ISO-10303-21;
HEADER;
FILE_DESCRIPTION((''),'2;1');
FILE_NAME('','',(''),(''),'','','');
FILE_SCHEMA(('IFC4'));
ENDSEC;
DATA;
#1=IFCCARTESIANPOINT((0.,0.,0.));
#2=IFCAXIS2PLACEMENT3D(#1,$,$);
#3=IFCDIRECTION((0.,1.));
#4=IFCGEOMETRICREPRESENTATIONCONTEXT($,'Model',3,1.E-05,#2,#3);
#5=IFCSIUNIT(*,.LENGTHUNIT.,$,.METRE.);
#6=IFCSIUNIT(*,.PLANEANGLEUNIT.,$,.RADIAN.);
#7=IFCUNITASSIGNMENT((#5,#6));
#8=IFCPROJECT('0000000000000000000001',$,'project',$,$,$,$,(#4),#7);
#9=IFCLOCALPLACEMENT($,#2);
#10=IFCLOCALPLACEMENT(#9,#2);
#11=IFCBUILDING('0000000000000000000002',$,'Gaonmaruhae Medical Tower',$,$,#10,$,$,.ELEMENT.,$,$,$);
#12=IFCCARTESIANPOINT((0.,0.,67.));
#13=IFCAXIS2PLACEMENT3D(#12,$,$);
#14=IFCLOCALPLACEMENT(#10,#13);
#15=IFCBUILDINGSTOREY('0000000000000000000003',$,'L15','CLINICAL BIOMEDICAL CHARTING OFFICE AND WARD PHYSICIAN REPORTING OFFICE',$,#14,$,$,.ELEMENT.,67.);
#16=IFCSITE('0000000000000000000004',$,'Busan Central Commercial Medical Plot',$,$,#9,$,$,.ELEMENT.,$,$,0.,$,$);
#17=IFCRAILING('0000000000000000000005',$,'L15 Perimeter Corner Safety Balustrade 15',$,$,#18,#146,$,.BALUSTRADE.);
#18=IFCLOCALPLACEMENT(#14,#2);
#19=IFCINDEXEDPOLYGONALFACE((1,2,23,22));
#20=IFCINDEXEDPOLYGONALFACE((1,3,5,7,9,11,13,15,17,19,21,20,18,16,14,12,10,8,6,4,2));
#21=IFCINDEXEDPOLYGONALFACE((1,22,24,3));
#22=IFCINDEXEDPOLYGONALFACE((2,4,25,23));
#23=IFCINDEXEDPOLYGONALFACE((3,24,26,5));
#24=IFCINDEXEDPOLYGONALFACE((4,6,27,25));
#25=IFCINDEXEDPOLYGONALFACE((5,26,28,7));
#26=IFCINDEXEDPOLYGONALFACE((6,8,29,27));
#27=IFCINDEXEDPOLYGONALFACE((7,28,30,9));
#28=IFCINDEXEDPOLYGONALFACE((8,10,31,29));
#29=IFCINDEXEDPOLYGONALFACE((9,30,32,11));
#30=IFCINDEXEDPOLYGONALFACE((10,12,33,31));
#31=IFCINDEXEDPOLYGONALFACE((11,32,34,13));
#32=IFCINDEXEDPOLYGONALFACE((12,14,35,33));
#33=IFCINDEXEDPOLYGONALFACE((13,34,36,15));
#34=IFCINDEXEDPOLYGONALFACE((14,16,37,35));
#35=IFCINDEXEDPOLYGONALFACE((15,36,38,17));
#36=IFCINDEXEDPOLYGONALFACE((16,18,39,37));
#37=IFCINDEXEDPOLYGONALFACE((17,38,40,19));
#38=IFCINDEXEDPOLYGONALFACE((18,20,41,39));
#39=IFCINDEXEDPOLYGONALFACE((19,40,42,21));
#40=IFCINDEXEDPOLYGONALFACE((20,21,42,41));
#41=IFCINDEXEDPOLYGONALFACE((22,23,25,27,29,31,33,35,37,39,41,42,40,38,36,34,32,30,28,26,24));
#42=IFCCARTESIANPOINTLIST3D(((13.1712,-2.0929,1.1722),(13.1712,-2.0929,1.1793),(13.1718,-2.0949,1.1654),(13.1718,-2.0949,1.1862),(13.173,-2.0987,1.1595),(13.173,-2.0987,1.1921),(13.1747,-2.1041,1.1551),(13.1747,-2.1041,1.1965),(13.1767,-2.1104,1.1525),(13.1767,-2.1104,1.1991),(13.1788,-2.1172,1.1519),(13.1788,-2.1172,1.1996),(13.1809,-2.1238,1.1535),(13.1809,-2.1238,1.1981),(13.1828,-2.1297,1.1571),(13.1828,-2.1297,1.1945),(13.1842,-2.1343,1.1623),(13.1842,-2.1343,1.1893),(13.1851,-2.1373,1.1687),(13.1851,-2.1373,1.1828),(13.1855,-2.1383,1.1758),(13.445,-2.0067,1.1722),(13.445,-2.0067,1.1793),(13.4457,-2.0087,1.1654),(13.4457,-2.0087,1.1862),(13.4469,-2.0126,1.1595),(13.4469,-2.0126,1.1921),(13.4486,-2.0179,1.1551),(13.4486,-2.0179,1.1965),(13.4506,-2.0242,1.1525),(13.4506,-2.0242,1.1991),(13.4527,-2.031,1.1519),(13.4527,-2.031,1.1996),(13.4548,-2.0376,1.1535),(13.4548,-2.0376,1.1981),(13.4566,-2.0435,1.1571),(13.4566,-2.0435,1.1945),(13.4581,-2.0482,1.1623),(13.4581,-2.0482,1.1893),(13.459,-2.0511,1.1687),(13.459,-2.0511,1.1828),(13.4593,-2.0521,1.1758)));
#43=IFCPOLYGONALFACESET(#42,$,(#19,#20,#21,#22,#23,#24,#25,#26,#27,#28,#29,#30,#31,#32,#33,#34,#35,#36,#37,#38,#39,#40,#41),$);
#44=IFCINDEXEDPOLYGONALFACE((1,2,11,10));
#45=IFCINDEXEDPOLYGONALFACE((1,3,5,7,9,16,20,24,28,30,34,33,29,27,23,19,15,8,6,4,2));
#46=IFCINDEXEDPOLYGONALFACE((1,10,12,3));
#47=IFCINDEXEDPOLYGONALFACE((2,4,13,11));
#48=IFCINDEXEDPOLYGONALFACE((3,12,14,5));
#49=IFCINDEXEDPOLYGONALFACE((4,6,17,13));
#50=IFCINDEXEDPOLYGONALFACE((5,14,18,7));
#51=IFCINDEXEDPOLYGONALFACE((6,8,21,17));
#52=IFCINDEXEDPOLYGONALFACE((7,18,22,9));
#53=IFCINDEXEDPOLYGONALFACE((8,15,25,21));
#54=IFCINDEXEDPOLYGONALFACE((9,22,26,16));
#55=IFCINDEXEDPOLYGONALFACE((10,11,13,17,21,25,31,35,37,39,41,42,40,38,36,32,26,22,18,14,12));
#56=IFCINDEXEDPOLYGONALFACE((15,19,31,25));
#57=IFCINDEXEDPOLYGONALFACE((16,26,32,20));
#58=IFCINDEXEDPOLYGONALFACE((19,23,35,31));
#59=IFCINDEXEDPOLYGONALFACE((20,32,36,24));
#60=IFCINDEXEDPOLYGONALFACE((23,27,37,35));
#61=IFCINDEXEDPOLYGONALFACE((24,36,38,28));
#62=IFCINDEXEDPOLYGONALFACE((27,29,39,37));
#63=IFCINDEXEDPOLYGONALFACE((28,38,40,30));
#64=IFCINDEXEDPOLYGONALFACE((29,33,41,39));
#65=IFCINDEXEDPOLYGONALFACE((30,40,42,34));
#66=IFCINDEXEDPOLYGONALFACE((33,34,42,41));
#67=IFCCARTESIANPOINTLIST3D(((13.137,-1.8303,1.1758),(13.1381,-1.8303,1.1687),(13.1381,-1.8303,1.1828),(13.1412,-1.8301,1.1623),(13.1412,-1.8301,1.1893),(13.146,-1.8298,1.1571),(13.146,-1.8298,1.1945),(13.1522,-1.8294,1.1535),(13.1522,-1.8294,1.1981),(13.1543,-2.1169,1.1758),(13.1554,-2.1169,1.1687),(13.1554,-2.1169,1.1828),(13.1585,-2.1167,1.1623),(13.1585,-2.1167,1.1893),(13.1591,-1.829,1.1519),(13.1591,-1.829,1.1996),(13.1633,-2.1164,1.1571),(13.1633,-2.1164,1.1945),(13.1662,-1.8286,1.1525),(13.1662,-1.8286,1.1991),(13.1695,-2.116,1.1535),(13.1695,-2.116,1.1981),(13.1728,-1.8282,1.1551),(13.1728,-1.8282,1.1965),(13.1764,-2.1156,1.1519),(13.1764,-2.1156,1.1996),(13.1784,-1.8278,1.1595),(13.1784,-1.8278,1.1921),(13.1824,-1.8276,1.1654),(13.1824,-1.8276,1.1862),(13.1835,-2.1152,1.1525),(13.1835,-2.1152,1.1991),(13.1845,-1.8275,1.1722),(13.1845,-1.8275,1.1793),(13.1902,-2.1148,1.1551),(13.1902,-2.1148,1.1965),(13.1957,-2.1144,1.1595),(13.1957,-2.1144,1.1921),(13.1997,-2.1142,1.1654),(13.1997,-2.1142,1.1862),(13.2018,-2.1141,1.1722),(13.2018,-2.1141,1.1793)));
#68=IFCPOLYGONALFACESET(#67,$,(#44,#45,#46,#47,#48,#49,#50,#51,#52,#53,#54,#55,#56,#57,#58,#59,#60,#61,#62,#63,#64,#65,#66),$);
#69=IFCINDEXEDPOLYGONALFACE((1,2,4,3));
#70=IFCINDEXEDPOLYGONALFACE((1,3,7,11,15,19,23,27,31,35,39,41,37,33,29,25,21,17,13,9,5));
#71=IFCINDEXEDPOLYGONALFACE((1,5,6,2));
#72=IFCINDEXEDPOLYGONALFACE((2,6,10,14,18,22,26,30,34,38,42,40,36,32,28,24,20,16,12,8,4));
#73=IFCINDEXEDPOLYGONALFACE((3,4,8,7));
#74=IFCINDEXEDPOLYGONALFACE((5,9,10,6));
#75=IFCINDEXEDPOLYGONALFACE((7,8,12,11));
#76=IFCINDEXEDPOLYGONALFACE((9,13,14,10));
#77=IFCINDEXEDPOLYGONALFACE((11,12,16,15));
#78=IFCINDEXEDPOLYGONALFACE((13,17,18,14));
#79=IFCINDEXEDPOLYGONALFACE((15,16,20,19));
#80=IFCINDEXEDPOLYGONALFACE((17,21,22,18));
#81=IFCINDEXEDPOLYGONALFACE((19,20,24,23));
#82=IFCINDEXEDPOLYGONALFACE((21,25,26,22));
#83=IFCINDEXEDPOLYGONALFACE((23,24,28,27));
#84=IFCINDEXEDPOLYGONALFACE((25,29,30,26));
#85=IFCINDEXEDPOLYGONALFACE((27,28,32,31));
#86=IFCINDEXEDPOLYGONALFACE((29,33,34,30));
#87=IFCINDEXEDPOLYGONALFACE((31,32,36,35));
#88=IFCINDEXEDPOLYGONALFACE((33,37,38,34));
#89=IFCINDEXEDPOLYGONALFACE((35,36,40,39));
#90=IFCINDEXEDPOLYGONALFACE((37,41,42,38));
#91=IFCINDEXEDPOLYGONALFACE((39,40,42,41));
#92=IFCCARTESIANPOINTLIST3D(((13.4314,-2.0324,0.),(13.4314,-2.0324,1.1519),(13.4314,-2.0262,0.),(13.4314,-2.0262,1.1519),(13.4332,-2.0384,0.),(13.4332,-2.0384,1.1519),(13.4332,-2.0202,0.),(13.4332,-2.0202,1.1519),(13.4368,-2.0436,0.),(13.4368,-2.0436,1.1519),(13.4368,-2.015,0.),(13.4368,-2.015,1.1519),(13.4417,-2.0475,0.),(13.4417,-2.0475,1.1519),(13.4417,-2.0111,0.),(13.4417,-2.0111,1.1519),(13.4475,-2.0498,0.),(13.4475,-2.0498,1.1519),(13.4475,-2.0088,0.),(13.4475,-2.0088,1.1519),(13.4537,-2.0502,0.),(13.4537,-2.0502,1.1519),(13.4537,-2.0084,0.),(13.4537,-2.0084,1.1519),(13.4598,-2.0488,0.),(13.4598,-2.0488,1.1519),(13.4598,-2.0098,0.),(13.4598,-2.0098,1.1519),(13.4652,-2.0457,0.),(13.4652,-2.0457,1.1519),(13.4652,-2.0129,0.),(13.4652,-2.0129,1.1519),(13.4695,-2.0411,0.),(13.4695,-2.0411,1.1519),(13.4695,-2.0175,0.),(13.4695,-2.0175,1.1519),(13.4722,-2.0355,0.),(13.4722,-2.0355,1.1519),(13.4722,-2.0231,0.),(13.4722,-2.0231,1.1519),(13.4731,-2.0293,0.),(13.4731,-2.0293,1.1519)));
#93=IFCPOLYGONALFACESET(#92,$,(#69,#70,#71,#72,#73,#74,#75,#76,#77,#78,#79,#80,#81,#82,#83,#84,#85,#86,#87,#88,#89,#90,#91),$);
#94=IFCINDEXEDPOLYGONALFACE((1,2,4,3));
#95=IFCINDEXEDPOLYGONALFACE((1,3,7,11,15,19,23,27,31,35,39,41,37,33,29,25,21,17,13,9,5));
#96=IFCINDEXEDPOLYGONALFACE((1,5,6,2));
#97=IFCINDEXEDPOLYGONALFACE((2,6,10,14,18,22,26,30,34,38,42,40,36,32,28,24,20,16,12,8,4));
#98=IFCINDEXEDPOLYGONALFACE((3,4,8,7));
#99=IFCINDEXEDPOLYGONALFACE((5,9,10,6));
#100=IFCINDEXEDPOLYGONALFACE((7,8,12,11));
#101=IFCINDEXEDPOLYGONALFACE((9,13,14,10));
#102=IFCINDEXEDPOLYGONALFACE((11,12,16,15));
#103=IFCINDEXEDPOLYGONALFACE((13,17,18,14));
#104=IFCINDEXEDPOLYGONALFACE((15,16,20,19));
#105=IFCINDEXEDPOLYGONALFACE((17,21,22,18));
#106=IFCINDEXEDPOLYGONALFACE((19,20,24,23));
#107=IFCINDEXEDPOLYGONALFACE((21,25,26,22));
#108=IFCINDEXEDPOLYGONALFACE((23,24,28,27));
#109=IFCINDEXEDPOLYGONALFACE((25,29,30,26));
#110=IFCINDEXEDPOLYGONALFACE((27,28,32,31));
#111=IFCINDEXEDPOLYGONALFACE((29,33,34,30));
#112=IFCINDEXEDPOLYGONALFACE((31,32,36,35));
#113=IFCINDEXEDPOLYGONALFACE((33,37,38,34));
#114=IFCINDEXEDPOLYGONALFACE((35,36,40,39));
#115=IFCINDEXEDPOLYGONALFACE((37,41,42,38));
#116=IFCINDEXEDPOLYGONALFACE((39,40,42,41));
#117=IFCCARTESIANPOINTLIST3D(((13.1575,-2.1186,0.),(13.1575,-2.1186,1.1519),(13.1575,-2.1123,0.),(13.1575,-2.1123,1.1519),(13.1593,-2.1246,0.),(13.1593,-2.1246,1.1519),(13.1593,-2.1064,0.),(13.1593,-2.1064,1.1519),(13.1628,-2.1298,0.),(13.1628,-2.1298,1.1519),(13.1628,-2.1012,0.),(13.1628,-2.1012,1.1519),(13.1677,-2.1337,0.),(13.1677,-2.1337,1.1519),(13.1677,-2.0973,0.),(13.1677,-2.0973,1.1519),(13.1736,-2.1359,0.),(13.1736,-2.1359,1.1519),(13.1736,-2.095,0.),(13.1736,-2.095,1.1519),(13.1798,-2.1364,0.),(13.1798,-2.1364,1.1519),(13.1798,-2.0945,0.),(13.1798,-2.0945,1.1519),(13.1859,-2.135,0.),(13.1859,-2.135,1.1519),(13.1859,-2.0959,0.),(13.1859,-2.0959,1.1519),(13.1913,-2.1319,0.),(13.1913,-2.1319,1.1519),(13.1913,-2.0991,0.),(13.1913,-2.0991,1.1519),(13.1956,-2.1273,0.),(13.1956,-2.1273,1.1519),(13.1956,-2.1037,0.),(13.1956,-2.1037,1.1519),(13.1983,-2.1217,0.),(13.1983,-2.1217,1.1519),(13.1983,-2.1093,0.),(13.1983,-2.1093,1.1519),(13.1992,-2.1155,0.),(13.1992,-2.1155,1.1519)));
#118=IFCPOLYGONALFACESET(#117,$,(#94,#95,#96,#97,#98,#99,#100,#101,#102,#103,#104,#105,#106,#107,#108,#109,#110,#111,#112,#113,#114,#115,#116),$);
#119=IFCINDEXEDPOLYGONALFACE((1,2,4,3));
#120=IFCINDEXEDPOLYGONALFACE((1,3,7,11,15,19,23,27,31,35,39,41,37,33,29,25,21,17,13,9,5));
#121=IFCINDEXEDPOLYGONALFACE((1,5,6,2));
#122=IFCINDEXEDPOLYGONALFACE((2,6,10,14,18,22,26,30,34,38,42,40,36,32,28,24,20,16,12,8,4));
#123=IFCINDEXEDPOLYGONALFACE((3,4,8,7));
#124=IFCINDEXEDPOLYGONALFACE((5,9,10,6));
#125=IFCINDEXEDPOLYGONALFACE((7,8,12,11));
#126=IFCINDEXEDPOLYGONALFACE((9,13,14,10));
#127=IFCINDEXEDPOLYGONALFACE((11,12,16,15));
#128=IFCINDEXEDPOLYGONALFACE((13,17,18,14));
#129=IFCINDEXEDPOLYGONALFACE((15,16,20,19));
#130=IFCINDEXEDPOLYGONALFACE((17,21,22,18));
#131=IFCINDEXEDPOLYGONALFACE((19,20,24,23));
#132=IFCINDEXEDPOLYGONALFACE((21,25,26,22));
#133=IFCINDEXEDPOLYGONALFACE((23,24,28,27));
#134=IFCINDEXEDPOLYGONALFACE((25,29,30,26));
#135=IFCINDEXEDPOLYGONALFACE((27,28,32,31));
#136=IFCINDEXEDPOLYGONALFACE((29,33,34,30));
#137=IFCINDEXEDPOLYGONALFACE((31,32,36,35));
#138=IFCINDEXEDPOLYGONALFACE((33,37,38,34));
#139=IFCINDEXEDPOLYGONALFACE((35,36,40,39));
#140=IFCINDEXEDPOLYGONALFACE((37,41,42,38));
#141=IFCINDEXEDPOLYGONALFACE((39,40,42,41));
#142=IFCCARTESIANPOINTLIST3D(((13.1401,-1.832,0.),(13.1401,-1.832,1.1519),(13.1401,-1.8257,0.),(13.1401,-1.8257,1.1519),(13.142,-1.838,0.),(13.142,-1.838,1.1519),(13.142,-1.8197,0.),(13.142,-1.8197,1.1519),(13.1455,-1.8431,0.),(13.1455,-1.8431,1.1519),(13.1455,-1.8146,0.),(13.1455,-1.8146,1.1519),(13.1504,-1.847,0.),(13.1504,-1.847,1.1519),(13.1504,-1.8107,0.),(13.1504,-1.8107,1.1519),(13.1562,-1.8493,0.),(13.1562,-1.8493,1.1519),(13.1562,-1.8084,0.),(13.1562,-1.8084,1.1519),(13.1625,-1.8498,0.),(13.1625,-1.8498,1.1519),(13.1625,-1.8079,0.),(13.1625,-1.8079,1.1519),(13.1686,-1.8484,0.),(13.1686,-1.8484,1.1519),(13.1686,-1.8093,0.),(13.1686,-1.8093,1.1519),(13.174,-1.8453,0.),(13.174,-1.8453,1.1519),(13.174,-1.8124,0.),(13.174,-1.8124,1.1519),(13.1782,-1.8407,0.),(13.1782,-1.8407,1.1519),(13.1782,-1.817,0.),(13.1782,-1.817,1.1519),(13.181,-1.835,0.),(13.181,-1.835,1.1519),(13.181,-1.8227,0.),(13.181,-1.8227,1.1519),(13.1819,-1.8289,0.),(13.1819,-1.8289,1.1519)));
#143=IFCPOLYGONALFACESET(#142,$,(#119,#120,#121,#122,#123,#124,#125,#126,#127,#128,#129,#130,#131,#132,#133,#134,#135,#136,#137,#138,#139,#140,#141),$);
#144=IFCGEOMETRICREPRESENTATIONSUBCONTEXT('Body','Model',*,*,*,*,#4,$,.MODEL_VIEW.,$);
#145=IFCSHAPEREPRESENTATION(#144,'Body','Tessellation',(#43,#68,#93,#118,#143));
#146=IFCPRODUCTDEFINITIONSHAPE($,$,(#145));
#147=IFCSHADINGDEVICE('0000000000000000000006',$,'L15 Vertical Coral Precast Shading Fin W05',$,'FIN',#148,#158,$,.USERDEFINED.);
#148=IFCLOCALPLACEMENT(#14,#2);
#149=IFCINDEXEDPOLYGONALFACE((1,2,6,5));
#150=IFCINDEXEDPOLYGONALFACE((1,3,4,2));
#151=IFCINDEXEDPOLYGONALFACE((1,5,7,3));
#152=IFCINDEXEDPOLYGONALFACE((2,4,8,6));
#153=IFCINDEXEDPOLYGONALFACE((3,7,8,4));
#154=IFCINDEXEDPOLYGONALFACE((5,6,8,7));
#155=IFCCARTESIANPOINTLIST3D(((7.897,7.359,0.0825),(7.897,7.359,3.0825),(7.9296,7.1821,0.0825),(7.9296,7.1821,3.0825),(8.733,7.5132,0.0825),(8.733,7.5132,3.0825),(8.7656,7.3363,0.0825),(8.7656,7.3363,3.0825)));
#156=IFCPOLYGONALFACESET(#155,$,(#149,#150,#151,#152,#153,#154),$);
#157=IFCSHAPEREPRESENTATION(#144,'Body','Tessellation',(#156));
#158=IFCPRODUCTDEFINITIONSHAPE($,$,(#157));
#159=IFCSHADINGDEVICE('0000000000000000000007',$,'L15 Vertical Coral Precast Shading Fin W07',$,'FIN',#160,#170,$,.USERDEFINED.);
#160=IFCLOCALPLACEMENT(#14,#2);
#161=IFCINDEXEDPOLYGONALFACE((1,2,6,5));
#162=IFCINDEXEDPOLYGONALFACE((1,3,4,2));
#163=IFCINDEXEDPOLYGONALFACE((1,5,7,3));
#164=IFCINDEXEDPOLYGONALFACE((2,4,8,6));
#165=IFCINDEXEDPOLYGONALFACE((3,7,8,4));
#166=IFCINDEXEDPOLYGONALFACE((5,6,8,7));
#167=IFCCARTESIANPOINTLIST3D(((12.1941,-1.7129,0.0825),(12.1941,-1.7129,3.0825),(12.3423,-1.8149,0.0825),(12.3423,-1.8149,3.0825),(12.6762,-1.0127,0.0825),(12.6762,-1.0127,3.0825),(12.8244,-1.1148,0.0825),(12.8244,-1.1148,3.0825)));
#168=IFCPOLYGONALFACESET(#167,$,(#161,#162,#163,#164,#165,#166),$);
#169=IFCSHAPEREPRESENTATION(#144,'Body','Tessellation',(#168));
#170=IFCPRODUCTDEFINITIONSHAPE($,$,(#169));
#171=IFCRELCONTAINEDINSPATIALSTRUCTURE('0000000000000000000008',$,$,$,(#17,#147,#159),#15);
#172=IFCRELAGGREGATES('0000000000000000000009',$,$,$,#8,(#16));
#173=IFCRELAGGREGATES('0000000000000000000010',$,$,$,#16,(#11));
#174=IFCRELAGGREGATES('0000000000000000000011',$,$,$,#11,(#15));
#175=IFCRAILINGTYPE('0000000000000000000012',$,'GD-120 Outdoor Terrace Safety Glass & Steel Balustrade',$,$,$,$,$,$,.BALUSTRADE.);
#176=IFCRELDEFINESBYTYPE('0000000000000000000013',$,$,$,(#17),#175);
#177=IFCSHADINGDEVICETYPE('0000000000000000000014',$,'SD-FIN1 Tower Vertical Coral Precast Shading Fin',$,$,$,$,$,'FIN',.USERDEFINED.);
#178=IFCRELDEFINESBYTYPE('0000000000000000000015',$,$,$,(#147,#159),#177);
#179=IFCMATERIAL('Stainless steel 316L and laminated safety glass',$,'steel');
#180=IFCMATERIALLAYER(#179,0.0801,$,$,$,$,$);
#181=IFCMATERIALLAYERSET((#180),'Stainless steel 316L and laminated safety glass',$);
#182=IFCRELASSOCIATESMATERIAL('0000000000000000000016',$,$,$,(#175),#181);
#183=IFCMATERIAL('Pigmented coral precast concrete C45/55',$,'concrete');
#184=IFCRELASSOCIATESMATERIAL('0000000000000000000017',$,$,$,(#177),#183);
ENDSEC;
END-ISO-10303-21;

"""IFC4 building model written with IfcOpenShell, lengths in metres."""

from ifc_helpers import new_model, si_unit, direction, frame, origin, origin_2d, place, context, subcontext, project, spatial, rectangle, circle, extrude, material, layer, layer_set, type_object, element, save


model = new_model("IFC4")

# Units and contexts
model_context = context("Model", 3, precision=1e-05, world=origin(), true_north=direction((0.0, 1.0)))
body_context = subcontext(model_context, "Body", "Model", "MODEL_VIEW")
ifc_project = project(units=[si_unit("LENGTHUNIT", "METRE"), si_unit("PLANEANGLEUNIT", "RADIAN")], contexts=[model_context])

# Site, building, storey
site_placement = place(None, origin())
site = spatial("IfcSite", under=ifc_project, at=site_placement, Name="Busan Central Commercial Medical Plot", CompositionType="ELEMENT", RefElevation=0.0)
building_placement = place(site_placement, origin())
building = spatial("IfcBuilding", under=site, at=building_placement, Name="Gaonmaruhae Medical Tower", CompositionType="ELEMENT")
storey_placement = place(building_placement, frame((0.0, 0.0, 67.0)))
storey = spatial("IfcBuildingStorey", under=building, at=storey_placement, Name="L15", Description="CLINICAL BIOMEDICAL CHARTING OFFICE AND WARD PHYSICIAN REPORTING OFFICE", CompositionType="ELEMENT", Elevation=67.0)

# Railing
ifc_material_1 = material(Name="Stainless steel 316L and laminated safety glass", Category="steel")
ifc_layer_1 = layer(ifc_material_1, 0.0801)
ifc_layer_set_1 = layer_set([ifc_layer_1], Name="Stainless steel 316L and laminated safety glass")
railing_type = type_object("IfcRailingType", Name="GD-120 Outdoor Terrace Safety Glass & Steel Balustrade", PredefinedType="BALUSTRADE", material=ifc_layer_set_1)
for number, where, name in (
    (1, (13.4521, -2.0293, 0.0), "L15 Perimeter Corner Safety Balustrade 15"),
):
    element("IfcRailing", number, at=place(storey_placement, frame(where)), inside=storey, type_object=railing_type, Name=name, PredefinedType="BALUSTRADE", context=body_context, shape_type="SweptSolid", body=[
        extrude(circle(Radius=0.0239, at=origin_2d()), frame((0.0, 0.0, 1.1758), z_axis=(-0.953903, -0.300114, 0.0), x_axis=(0.300114, -0.953903, 0.0)), (0.0, 0.0, 1.0), 0.2871),
        extrude(circle(Radius=0.0239, at=origin_2d()), frame((-0.2739, -0.0862, 1.1758), z_axis=(-0.060367, 0.998176, 0.0), x_axis=(-0.998176, -0.060367, 0.0)), (0.0, 0.0, 1.0), 0.2871),
        extrude(circle(Radius=0.021, at=origin_2d()), origin(), (0.0, 0.0, 1.0), 1.1519),
        extrude(circle(Radius=0.021, at=origin_2d()), frame((-0.2739, -0.0862, 0.0)), (0.0, 0.0, 1.0), 1.1519),
        extrude(circle(Radius=0.021, at=origin_2d()), frame((-0.2913, 0.2004, 0.0)), (0.0, 0.0, 1.0), 1.1519),
    ])

# Shading devices
ifc_material_2 = material(Name="Pigmented coral precast concrete C45/55", Category="concrete")
shading_device_type = type_object("IfcShadingDeviceType", Name="SD-FIN1 Tower Vertical Coral Precast Shading Fin", ElementType="FIN", PredefinedType="USERDEFINED", material=ifc_material_2)
for number, where, z_axis, x_axis, name in (
    (2, (8.3313, 7.3477, 0.0825), (0.0, 0.0, 1.0), (-0.181395, 0.98341, 0.0), "L15 Vertical Coral Precast Shading Fin W05"),
    (3, (12.5093, -1.4138, 0.0825), (0.0, 0.0, 1.0), (-0.823641, 0.567111, 0.0), "L15 Vertical Coral Precast Shading Fin W07"),
):
    element("IfcShadingDevice", number, at=place(storey_placement, frame(where, z_axis=z_axis, x_axis=x_axis)), inside=storey, type_object=shading_device_type, Name=name, ObjectType="FIN", PredefinedType="USERDEFINED", context=body_context, shape_type="SweptSolid", body=[
        extrude(rectangle(XDim=0.1799, YDim=0.8501, at=origin_2d()), origin(), (0.0, 0.0, 1.0), 3.0),
    ])

save(model, "model.ifc")
